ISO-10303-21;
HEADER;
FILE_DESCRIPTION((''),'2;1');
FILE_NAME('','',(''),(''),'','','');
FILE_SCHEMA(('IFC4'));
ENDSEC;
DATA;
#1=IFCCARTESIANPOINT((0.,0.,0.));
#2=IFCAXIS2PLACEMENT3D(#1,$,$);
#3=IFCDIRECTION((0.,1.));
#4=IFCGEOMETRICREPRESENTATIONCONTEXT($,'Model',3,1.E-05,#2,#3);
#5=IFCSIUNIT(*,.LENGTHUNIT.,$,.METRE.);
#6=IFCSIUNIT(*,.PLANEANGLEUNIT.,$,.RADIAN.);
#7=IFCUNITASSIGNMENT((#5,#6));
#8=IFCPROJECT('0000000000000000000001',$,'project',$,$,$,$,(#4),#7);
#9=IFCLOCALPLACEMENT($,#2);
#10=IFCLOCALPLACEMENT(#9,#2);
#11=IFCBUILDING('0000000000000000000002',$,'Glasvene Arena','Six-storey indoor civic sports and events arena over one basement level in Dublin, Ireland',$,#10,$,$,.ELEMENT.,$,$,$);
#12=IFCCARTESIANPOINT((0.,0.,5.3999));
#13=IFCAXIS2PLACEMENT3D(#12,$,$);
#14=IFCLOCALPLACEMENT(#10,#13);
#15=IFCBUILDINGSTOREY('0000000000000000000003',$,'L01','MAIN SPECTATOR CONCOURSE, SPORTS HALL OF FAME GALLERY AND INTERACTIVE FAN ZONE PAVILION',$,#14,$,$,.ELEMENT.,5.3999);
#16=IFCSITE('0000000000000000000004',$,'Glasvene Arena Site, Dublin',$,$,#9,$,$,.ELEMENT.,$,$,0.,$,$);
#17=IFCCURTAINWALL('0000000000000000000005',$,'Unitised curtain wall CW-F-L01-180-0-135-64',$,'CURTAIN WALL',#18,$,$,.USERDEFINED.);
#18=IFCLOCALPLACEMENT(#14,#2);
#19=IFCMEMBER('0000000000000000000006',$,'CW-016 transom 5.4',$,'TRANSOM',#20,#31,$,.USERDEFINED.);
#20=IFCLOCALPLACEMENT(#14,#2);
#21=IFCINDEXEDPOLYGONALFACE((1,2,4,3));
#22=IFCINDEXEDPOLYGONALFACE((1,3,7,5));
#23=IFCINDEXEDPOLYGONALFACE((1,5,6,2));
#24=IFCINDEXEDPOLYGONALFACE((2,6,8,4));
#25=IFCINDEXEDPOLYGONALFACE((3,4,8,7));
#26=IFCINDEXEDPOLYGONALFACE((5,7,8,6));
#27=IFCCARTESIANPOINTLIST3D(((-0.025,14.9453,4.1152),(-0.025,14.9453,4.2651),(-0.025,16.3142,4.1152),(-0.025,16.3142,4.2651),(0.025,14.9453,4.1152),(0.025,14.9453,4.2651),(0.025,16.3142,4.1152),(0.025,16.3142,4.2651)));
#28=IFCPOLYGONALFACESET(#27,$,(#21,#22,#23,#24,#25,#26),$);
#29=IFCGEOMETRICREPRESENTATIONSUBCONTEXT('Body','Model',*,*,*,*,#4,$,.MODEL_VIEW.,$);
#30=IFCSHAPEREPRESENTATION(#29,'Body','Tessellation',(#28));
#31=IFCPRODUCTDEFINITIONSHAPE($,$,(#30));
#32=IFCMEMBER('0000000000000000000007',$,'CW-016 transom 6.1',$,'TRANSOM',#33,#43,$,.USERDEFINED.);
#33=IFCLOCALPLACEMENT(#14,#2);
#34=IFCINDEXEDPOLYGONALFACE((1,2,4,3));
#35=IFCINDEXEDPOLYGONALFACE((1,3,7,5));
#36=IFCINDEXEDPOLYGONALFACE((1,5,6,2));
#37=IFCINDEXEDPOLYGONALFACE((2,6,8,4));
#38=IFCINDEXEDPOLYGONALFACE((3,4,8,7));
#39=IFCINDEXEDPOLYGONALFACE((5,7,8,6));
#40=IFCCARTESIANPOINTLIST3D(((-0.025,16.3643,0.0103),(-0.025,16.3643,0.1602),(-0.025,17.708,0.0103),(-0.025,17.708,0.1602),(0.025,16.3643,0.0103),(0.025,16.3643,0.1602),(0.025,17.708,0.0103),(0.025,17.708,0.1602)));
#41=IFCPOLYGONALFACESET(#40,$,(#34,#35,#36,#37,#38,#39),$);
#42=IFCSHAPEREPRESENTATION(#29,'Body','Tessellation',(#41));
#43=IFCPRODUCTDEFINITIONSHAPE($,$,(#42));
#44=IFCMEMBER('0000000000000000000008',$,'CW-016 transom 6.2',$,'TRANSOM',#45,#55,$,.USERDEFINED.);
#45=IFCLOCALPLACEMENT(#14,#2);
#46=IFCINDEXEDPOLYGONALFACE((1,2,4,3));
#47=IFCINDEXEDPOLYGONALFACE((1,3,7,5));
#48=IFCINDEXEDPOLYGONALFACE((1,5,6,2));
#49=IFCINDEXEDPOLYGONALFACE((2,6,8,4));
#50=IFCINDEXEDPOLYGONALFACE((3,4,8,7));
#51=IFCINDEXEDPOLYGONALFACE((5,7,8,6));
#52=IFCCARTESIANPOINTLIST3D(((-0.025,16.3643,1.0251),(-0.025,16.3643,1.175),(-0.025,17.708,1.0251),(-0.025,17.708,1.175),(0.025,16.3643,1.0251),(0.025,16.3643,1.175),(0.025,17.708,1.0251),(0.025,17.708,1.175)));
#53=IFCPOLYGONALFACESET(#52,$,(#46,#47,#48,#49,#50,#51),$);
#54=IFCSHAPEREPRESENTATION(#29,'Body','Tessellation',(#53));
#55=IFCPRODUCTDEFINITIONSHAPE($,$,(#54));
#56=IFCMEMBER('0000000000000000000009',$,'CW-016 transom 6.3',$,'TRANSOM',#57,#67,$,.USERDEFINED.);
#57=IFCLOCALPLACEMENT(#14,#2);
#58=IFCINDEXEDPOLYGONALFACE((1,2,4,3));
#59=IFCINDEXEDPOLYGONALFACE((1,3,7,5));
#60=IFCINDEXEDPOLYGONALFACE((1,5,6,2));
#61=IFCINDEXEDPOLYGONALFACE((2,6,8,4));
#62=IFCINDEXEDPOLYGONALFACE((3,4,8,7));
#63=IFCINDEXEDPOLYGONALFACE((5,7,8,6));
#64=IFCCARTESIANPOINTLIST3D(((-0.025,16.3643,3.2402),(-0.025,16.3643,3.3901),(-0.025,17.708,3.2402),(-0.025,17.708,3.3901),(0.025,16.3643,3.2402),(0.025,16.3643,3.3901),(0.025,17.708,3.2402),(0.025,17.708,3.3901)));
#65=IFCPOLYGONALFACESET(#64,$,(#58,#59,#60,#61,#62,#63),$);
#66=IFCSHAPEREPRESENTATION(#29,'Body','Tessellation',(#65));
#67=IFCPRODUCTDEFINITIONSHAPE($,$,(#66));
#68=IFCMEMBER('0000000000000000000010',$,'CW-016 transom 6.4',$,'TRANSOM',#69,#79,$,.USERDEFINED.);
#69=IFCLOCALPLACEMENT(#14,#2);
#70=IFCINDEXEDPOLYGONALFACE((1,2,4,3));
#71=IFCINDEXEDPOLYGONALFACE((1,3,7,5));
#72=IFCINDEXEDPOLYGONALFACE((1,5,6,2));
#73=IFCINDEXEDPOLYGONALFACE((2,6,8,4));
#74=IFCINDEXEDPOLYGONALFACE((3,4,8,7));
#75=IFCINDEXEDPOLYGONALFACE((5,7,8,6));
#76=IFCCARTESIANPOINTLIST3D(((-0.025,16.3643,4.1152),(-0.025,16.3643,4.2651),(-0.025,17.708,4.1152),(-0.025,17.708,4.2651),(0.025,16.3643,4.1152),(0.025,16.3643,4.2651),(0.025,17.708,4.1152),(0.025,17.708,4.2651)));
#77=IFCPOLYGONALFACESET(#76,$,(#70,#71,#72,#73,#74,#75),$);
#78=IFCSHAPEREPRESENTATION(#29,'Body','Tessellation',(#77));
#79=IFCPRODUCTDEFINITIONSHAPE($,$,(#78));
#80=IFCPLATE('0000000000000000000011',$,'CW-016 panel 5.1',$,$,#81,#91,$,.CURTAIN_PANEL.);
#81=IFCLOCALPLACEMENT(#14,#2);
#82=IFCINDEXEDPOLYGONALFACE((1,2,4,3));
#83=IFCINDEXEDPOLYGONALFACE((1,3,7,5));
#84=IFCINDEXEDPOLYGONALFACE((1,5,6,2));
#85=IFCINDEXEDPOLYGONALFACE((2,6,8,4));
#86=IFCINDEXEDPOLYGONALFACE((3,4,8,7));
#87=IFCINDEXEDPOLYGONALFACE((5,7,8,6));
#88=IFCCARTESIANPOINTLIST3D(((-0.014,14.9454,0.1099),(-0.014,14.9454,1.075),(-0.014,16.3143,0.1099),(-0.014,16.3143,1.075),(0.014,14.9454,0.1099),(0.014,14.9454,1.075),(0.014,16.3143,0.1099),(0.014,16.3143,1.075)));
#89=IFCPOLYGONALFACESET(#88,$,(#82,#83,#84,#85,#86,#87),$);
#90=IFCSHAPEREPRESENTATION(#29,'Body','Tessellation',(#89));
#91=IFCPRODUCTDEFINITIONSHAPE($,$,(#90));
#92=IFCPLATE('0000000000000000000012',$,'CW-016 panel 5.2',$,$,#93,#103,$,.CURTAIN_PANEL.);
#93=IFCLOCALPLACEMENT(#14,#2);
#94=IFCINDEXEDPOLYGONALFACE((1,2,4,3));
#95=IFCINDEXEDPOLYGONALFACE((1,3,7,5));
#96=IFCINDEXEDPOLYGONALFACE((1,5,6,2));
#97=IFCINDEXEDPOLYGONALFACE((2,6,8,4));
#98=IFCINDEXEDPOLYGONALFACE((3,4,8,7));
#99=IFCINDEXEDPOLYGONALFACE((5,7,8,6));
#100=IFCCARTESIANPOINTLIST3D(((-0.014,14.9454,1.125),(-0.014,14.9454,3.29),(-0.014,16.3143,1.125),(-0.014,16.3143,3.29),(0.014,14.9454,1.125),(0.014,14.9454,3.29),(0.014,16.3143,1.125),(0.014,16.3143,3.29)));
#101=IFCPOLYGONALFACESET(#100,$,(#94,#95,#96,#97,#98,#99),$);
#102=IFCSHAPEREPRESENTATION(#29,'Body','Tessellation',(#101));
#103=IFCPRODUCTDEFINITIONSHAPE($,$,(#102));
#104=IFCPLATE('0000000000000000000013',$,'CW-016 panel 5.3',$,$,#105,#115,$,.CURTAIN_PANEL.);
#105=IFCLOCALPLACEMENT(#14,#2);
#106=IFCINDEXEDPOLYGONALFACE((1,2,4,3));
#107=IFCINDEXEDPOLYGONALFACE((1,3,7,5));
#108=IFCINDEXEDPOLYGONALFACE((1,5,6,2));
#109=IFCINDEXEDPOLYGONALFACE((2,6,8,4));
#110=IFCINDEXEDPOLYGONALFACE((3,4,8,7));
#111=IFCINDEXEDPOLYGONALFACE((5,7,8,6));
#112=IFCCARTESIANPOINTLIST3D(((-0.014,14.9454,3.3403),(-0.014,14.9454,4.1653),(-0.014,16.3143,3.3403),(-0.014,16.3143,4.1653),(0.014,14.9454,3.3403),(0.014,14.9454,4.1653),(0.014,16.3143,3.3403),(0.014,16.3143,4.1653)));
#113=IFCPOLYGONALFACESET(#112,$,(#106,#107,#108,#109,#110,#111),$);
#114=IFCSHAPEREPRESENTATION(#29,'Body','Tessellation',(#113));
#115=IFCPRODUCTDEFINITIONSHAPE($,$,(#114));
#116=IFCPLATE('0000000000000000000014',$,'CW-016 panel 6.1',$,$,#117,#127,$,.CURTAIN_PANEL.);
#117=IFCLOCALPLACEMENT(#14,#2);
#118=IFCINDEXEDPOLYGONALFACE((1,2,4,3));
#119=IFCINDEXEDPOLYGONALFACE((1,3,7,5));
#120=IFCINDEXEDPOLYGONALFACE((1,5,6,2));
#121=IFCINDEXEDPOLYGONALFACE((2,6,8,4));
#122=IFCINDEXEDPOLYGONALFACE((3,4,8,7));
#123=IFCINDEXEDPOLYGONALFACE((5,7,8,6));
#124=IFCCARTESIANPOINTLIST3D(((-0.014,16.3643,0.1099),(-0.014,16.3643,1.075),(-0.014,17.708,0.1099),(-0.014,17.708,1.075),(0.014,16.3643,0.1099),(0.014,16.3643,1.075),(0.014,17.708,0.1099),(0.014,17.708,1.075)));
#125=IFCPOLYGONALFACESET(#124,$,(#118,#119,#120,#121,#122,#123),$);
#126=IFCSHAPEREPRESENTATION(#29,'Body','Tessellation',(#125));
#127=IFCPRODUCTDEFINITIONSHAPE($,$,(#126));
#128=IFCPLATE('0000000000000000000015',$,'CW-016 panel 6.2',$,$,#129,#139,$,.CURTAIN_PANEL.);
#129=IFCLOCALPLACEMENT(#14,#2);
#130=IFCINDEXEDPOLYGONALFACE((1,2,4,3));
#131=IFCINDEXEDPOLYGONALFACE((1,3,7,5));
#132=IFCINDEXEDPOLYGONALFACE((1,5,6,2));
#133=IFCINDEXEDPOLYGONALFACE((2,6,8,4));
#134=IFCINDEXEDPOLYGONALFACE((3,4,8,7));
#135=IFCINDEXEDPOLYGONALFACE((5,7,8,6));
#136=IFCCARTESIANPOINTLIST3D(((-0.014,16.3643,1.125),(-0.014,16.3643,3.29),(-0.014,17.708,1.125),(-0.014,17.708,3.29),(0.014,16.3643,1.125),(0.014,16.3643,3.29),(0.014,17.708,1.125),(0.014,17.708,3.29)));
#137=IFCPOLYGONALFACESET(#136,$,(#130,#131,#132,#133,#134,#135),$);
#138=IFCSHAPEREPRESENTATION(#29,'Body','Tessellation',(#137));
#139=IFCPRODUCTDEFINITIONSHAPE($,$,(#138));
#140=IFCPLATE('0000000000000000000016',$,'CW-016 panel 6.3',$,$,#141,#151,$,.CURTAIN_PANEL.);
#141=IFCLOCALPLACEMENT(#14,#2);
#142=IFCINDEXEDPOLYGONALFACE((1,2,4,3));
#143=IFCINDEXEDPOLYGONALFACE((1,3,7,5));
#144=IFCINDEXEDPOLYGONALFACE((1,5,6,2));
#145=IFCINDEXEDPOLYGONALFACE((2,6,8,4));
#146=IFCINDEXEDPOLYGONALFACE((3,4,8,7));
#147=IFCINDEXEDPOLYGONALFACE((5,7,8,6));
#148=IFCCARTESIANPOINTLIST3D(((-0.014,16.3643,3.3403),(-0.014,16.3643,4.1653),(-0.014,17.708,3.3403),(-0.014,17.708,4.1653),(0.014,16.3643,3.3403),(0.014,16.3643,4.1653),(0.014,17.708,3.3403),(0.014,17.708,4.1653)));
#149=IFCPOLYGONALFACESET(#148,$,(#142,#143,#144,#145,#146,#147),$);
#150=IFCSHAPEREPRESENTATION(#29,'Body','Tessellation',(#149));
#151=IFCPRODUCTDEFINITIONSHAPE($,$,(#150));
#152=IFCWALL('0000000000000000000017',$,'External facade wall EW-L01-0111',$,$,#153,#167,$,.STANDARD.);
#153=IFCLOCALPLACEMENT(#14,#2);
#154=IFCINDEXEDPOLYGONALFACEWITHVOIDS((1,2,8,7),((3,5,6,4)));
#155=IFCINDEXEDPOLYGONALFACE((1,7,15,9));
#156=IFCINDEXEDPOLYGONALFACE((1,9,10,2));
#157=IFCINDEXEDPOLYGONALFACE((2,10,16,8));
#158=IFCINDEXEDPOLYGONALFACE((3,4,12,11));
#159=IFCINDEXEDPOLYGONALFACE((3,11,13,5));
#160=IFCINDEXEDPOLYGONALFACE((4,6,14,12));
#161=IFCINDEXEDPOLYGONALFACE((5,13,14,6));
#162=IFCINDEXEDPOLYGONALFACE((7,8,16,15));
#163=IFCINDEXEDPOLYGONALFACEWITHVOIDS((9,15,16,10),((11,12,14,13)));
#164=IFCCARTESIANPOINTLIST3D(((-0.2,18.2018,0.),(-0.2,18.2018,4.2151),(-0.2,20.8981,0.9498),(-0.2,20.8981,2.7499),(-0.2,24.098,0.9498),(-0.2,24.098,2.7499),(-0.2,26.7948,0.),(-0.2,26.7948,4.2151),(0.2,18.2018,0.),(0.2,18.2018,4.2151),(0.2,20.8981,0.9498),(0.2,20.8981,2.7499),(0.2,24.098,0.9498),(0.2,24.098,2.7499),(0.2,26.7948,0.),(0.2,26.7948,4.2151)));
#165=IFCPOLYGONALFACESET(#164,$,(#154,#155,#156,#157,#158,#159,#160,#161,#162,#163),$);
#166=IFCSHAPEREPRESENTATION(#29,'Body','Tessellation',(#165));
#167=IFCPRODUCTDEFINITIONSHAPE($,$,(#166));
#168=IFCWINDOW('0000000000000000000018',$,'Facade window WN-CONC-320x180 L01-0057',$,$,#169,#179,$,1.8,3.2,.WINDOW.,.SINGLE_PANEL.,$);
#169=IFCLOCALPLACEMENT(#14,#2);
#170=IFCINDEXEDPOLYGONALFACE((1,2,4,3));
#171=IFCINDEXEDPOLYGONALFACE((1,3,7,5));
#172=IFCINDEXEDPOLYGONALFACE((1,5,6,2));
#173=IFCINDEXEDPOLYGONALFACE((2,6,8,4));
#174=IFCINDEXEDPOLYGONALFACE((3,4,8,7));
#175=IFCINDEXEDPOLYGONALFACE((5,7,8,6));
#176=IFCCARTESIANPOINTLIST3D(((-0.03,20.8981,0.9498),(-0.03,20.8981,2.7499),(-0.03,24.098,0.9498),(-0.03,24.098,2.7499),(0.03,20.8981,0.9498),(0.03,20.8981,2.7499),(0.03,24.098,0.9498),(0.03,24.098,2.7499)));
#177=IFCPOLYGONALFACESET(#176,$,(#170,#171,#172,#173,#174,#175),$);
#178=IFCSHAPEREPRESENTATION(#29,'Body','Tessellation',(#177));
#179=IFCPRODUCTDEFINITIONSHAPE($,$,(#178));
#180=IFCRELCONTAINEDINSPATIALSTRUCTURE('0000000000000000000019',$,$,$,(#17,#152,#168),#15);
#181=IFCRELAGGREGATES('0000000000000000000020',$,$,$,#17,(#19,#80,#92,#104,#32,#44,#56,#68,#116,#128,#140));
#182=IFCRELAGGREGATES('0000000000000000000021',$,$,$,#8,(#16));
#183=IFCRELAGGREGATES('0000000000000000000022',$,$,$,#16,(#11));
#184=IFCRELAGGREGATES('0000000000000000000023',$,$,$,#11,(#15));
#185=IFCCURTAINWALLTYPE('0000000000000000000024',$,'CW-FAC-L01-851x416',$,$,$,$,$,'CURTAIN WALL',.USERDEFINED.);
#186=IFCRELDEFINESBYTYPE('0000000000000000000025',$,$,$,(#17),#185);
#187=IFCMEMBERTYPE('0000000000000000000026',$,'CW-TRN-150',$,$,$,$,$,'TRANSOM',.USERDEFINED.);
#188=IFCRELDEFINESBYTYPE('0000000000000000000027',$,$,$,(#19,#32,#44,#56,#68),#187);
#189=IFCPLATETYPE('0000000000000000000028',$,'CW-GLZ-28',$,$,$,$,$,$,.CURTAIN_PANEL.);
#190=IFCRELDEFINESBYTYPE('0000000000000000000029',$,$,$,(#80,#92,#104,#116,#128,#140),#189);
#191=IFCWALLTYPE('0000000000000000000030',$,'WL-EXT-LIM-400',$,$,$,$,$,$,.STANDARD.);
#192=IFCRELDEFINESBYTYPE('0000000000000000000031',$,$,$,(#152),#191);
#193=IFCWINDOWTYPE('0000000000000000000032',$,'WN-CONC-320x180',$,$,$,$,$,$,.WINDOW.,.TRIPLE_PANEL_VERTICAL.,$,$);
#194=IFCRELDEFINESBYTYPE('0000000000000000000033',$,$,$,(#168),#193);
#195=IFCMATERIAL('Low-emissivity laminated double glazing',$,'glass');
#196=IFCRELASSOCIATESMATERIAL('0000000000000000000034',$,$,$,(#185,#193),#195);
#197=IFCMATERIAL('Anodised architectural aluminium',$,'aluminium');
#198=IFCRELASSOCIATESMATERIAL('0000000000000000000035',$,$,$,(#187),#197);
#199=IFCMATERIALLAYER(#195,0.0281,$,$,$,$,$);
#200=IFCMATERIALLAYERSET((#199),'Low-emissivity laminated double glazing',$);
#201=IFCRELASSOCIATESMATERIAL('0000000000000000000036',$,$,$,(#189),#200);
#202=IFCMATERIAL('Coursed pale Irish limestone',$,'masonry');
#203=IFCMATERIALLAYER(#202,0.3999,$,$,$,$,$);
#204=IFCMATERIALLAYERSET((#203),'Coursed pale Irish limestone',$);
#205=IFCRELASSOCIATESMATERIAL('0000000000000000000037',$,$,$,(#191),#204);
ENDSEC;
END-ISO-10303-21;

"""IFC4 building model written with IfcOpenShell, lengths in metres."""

from ifc_helpers import new_model, si_unit, direction, frame, frame_2d, origin, origin_2d, place, context, subcontext, project, spatial, rectangle, extrude, material, layer, layer_set, material_profile, profile_set, type_object, element, fill, aggregate, save


model = new_model("IFC4")

# Units and contexts
model_context = context("Model", 3, precision=1e-05, world=origin(), true_north=direction((0.0, 1.0)))
body_context = subcontext(model_context, "Body", "Model", "MODEL_VIEW")
ifc_project = project(units=[si_unit("LENGTHUNIT", "METRE"), si_unit("PLANEANGLEUNIT", "RADIAN")], contexts=[model_context])

# Site, building, storey
site_placement = place(None, origin())
site = spatial("IfcSite", under=ifc_project, at=site_placement, Name="Glasvene Arena Site, Dublin", CompositionType="ELEMENT", RefElevation=0.0)
building_placement = place(site_placement, origin())
building = spatial("IfcBuilding", under=site, at=building_placement, Name="Glasvene Arena", Description="Six-storey indoor civic sports and events arena over one basement level in Dublin, Ireland", CompositionType="ELEMENT")
storey_placement = place(building_placement, frame((0.0, 0.0, 5.3999)))
storey = spatial("IfcBuildingStorey", under=building, at=storey_placement, Name="L01", Description="MAIN SPECTATOR CONCOURSE, SPORTS HALL OF FAME GALLERY AND INTERACTIVE FAN ZONE PAVILION", CompositionType="ELEMENT", Elevation=5.3999)

# Curtain wall, members, plates
ifc_material_1 = material(Name="Low-emissivity laminated double glazing", Category="glass")
curtain_wall_type = type_object("IfcCurtainWallType", Name="CW-FAC-L01-851x416", ElementType="CURTAIN WALL", PredefinedType="USERDEFINED", material=ifc_material_1)
curtain_wall_placement = place(storey_placement, frame((0.0, 9.2451, 0.0)))
curtain_wall = element("IfcCurtainWall", 1, at=curtain_wall_placement, inside=storey, type_object=curtain_wall_type, Name="Unitised curtain wall CW-F-L01-180-0-135-64", ObjectType="CURTAIN WALL", PredefinedType="USERDEFINED")
ifc_material_2 = material(Name="Anodised architectural aluminium", Category="aluminium")
ifc_material_profile_1 = material_profile(ifc_material_2, rectangle(XDim=0.05, YDim=0.1499, at=origin_2d()), Name="ALU TRANSOM 50x150")
ifc_profile_set_1 = profile_set([ifc_material_profile_1], Name="Anodised architectural aluminium")
member_type_1 = type_object("IfcMemberType", Name="CW-TRN-150", ElementType="TRANSOM", PredefinedType="USERDEFINED", material=ifc_profile_set_1)
member_1_placement = place(storey_placement, frame((0.0, 14.9453, 4.1902), z_axis=(0.0, 1.0, 0.0), x_axis=(-1.0, 0.0, 0.0)))
member_1 = element("IfcMember", 2, at=member_1_placement, type_object=member_type_1, Name="CW-016 transom 5.4", ObjectType="TRANSOM", PredefinedType="USERDEFINED", context=body_context, shape_type="SweptSolid", body=[
    extrude(rectangle(XDim=0.05, YDim=0.1499, at=origin_2d()), origin(), (0.0, 0.0, 1.0), 1.3689),
])
member_2_placement = place(storey_placement, frame((0.0, 16.3643, 0.0852), z_axis=(0.0, 1.0, 0.0), x_axis=(-1.0, 0.0, 0.0)))
member_2 = element("IfcMember", 3, at=member_2_placement, type_object=member_type_1, Name="CW-016 transom 6.1", ObjectType="TRANSOM", PredefinedType="USERDEFINED", context=body_context, shape_type="SweptSolid", body=[
    extrude(rectangle(XDim=0.05, YDim=0.1499, at=origin_2d()), origin(), (0.0, 0.0, 1.0), 1.3438),
])
member_3_placement = place(storey_placement, frame((0.0, 16.3643, 1.1001), z_axis=(0.0, 1.0, 0.0), x_axis=(-1.0, 0.0, 0.0)))
member_3 = element("IfcMember", 4, at=member_3_placement, type_object=member_type_1, Name="CW-016 transom 6.2", ObjectType="TRANSOM", PredefinedType="USERDEFINED", context=body_context, shape_type="SweptSolid", body=[
    extrude(rectangle(XDim=0.05, YDim=0.1499, at=origin_2d()), origin(), (0.0, 0.0, 1.0), 1.3438),
])
member_4_placement = place(storey_placement, frame((0.0, 16.3643, 3.3152), z_axis=(0.0, 1.0, 0.0), x_axis=(-1.0, 0.0, 0.0)))
member_4 = element("IfcMember", 5, at=member_4_placement, type_object=member_type_1, Name="CW-016 transom 6.3", ObjectType="TRANSOM", PredefinedType="USERDEFINED", context=body_context, shape_type="SweptSolid", body=[
    extrude(rectangle(XDim=0.05, YDim=0.1499, at=origin_2d()), origin(), (0.0, 0.0, 1.0), 1.3438),
])
member_5_placement = place(storey_placement, frame((0.0, 16.3643, 4.1902), z_axis=(0.0, 1.0, 0.0), x_axis=(-1.0, 0.0, 0.0)))
member_5 = element("IfcMember", 6, at=member_5_placement, type_object=member_type_1, Name="CW-016 transom 6.4", ObjectType="TRANSOM", PredefinedType="USERDEFINED", context=body_context, shape_type="SweptSolid", body=[
    extrude(rectangle(XDim=0.05, YDim=0.1499, at=origin_2d()), origin(), (0.0, 0.0, 1.0), 1.3438),
])
ifc_layer_1 = layer(ifc_material_1, 0.0281)
ifc_layer_set_1 = layer_set([ifc_layer_1], Name="Low-emissivity laminated double glazing")
plate_type = type_object("IfcPlateType", Name="CW-GLZ-28", PredefinedType="CURTAIN_PANEL", material=ifc_layer_set_1)
plate_1_placement = place(storey_placement, frame((0.0, 15.6299, 0.1099), z_axis=(0.0, 0.0, 1.0), x_axis=(0.0, 1.0, 0.0)))
plate_1 = element("IfcPlate", 7, at=plate_1_placement, type_object=plate_type, Name="CW-016 panel 5.1", PredefinedType="CURTAIN_PANEL", context=body_context, shape_type="SweptSolid", body=[
    extrude(rectangle(XDim=1.3689, YDim=0.0281, at=origin_2d()), origin(), (0.0, 0.0, 1.0), 0.9651),
])
plate_2_placement = place(storey_placement, frame((0.0, 15.6299, 1.125), z_axis=(0.0, 0.0, 1.0), x_axis=(0.0, 1.0, 0.0)))
plate_2 = element("IfcPlate", 8, at=plate_2_placement, type_object=plate_type, Name="CW-016 panel 5.2", PredefinedType="CURTAIN_PANEL", context=body_context, shape_type="SweptSolid", body=[
    extrude(rectangle(XDim=1.3689, YDim=0.0281, at=origin_2d()), origin(), (0.0, 0.0, 1.0), 2.165),
])
plate_3_placement = place(storey_placement, frame((0.0, 15.6299, 3.3403), z_axis=(0.0, 0.0, 1.0), x_axis=(0.0, 1.0, 0.0)))
plate_3 = element("IfcPlate", 9, at=plate_3_placement, type_object=plate_type, Name="CW-016 panel 5.3", PredefinedType="CURTAIN_PANEL", context=body_context, shape_type="SweptSolid", body=[
    extrude(rectangle(XDim=1.3689, YDim=0.0281, at=origin_2d()), origin(), (0.0, 0.0, 1.0), 0.825),
])
plate_4_placement = place(storey_placement, frame((0.0, 17.0361, 0.1099), z_axis=(0.0, 0.0, 1.0), x_axis=(0.0, 1.0, 0.0)))
plate_4 = element("IfcPlate", 10, at=plate_4_placement, type_object=plate_type, Name="CW-016 panel 6.1", PredefinedType="CURTAIN_PANEL", context=body_context, shape_type="SweptSolid", body=[
    extrude(rectangle(XDim=1.3438, YDim=0.0281, at=origin_2d()), origin(), (0.0, 0.0, 1.0), 0.9651),
])
plate_5_placement = place(storey_placement, frame((0.0, 17.0361, 1.125), z_axis=(0.0, 0.0, 1.0), x_axis=(0.0, 1.0, 0.0)))
plate_5 = element("IfcPlate", 11, at=plate_5_placement, type_object=plate_type, Name="CW-016 panel 6.2", PredefinedType="CURTAIN_PANEL", context=body_context, shape_type="SweptSolid", body=[
    extrude(rectangle(XDim=1.3438, YDim=0.0281, at=origin_2d()), origin(), (0.0, 0.0, 1.0), 2.165),
])
plate_6_placement = place(storey_placement, frame((0.0, 17.0361, 3.3403), z_axis=(0.0, 0.0, 1.0), x_axis=(0.0, 1.0, 0.0)))
plate_6 = element("IfcPlate", 12, at=plate_6_placement, type_object=plate_type, Name="CW-016 panel 6.3", PredefinedType="CURTAIN_PANEL", context=body_context, shape_type="SweptSolid", body=[
    extrude(rectangle(XDim=1.3438, YDim=0.0281, at=origin_2d()), origin(), (0.0, 0.0, 1.0), 0.825),
])
aggregate(curtain_wall, [member_1, plate_1, plate_2, plate_3, member_2, member_3, member_4, member_5, plate_4, plate_5, plate_6])

# Wall, opening, window
ifc_material_3 = material(Name="Coursed pale Irish limestone", Category="masonry")
ifc_layer_2 = layer(ifc_material_3, 0.3999)
ifc_layer_set_2 = layer_set([ifc_layer_2], Name="Coursed pale Irish limestone")
wall_type = type_object("IfcWallType", Name="WL-EXT-LIM-400", PredefinedType="STANDARD", material=ifc_layer_set_2)
wall_1_placement = place(storey_placement, frame((0.0, 18.2019, 0.0), z_axis=(0.0, 0.0, 1.0), x_axis=(0.0, 1.0, 0.0)))
wall_1 = element("IfcWall", 13, at=wall_1_placement, inside=storey, type_object=wall_type, Name="External facade wall EW-L01-0111", PredefinedType="STANDARD", context=body_context, shape_type="SweptSolid", body=[
    extrude(rectangle(XDim=8.593, YDim=0.3999, at=frame_2d((4.2964, 0.0))), origin(), (0.0, 0.0, 1.0), 4.2151),
])
opening_1_placement = place(wall_1_placement, frame((2.696, 0.0, 0.95)))
opening_1 = element("IfcOpeningElement", 14, at=opening_1_placement, cuts=wall_1, PredefinedType="OPENING", context=body_context, shape_type="SweptSolid", body=[
    extrude(rectangle(XDim=3.2, YDim=1.8, at=frame_2d((1.6001, 0.8999))), frame((0.0, 0.21, 0.0), z_axis=(0.0, -1.0, 0.0), x_axis=(1.0, 0.0, 0.0)), (0.0, 0.0, 1.0), 0.4199),
])
window_type = type_object("IfcWindowType", Name="WN-CONC-320x180", PartitioningType="TRIPLE_PANEL_VERTICAL", PredefinedType="WINDOW", material=ifc_material_1)
window_1_placement = place(opening_1_placement, origin())
window_1 = element("IfcWindow", 15, at=window_1_placement, inside=storey, type_object=window_type, Name="Facade window WN-CONC-320x180 L01-0057", OverallHeight=1.8, OverallWidth=3.2, PartitioningType="SINGLE_PANEL", PredefinedType="WINDOW", context=body_context, shape_type="SweptSolid", body=[
    extrude(rectangle(XDim=3.2, YDim=1.8, at=frame_2d((1.6001, 0.8999))), frame((0.0, 0.03, 0.0), z_axis=(0.0, -1.0, 0.0), x_axis=(1.0, 0.0, 0.0)), (0.0, 0.0, 1.0), 0.0601),
])
fill(opening_1, window_1)

save(model, "model.ifc")
